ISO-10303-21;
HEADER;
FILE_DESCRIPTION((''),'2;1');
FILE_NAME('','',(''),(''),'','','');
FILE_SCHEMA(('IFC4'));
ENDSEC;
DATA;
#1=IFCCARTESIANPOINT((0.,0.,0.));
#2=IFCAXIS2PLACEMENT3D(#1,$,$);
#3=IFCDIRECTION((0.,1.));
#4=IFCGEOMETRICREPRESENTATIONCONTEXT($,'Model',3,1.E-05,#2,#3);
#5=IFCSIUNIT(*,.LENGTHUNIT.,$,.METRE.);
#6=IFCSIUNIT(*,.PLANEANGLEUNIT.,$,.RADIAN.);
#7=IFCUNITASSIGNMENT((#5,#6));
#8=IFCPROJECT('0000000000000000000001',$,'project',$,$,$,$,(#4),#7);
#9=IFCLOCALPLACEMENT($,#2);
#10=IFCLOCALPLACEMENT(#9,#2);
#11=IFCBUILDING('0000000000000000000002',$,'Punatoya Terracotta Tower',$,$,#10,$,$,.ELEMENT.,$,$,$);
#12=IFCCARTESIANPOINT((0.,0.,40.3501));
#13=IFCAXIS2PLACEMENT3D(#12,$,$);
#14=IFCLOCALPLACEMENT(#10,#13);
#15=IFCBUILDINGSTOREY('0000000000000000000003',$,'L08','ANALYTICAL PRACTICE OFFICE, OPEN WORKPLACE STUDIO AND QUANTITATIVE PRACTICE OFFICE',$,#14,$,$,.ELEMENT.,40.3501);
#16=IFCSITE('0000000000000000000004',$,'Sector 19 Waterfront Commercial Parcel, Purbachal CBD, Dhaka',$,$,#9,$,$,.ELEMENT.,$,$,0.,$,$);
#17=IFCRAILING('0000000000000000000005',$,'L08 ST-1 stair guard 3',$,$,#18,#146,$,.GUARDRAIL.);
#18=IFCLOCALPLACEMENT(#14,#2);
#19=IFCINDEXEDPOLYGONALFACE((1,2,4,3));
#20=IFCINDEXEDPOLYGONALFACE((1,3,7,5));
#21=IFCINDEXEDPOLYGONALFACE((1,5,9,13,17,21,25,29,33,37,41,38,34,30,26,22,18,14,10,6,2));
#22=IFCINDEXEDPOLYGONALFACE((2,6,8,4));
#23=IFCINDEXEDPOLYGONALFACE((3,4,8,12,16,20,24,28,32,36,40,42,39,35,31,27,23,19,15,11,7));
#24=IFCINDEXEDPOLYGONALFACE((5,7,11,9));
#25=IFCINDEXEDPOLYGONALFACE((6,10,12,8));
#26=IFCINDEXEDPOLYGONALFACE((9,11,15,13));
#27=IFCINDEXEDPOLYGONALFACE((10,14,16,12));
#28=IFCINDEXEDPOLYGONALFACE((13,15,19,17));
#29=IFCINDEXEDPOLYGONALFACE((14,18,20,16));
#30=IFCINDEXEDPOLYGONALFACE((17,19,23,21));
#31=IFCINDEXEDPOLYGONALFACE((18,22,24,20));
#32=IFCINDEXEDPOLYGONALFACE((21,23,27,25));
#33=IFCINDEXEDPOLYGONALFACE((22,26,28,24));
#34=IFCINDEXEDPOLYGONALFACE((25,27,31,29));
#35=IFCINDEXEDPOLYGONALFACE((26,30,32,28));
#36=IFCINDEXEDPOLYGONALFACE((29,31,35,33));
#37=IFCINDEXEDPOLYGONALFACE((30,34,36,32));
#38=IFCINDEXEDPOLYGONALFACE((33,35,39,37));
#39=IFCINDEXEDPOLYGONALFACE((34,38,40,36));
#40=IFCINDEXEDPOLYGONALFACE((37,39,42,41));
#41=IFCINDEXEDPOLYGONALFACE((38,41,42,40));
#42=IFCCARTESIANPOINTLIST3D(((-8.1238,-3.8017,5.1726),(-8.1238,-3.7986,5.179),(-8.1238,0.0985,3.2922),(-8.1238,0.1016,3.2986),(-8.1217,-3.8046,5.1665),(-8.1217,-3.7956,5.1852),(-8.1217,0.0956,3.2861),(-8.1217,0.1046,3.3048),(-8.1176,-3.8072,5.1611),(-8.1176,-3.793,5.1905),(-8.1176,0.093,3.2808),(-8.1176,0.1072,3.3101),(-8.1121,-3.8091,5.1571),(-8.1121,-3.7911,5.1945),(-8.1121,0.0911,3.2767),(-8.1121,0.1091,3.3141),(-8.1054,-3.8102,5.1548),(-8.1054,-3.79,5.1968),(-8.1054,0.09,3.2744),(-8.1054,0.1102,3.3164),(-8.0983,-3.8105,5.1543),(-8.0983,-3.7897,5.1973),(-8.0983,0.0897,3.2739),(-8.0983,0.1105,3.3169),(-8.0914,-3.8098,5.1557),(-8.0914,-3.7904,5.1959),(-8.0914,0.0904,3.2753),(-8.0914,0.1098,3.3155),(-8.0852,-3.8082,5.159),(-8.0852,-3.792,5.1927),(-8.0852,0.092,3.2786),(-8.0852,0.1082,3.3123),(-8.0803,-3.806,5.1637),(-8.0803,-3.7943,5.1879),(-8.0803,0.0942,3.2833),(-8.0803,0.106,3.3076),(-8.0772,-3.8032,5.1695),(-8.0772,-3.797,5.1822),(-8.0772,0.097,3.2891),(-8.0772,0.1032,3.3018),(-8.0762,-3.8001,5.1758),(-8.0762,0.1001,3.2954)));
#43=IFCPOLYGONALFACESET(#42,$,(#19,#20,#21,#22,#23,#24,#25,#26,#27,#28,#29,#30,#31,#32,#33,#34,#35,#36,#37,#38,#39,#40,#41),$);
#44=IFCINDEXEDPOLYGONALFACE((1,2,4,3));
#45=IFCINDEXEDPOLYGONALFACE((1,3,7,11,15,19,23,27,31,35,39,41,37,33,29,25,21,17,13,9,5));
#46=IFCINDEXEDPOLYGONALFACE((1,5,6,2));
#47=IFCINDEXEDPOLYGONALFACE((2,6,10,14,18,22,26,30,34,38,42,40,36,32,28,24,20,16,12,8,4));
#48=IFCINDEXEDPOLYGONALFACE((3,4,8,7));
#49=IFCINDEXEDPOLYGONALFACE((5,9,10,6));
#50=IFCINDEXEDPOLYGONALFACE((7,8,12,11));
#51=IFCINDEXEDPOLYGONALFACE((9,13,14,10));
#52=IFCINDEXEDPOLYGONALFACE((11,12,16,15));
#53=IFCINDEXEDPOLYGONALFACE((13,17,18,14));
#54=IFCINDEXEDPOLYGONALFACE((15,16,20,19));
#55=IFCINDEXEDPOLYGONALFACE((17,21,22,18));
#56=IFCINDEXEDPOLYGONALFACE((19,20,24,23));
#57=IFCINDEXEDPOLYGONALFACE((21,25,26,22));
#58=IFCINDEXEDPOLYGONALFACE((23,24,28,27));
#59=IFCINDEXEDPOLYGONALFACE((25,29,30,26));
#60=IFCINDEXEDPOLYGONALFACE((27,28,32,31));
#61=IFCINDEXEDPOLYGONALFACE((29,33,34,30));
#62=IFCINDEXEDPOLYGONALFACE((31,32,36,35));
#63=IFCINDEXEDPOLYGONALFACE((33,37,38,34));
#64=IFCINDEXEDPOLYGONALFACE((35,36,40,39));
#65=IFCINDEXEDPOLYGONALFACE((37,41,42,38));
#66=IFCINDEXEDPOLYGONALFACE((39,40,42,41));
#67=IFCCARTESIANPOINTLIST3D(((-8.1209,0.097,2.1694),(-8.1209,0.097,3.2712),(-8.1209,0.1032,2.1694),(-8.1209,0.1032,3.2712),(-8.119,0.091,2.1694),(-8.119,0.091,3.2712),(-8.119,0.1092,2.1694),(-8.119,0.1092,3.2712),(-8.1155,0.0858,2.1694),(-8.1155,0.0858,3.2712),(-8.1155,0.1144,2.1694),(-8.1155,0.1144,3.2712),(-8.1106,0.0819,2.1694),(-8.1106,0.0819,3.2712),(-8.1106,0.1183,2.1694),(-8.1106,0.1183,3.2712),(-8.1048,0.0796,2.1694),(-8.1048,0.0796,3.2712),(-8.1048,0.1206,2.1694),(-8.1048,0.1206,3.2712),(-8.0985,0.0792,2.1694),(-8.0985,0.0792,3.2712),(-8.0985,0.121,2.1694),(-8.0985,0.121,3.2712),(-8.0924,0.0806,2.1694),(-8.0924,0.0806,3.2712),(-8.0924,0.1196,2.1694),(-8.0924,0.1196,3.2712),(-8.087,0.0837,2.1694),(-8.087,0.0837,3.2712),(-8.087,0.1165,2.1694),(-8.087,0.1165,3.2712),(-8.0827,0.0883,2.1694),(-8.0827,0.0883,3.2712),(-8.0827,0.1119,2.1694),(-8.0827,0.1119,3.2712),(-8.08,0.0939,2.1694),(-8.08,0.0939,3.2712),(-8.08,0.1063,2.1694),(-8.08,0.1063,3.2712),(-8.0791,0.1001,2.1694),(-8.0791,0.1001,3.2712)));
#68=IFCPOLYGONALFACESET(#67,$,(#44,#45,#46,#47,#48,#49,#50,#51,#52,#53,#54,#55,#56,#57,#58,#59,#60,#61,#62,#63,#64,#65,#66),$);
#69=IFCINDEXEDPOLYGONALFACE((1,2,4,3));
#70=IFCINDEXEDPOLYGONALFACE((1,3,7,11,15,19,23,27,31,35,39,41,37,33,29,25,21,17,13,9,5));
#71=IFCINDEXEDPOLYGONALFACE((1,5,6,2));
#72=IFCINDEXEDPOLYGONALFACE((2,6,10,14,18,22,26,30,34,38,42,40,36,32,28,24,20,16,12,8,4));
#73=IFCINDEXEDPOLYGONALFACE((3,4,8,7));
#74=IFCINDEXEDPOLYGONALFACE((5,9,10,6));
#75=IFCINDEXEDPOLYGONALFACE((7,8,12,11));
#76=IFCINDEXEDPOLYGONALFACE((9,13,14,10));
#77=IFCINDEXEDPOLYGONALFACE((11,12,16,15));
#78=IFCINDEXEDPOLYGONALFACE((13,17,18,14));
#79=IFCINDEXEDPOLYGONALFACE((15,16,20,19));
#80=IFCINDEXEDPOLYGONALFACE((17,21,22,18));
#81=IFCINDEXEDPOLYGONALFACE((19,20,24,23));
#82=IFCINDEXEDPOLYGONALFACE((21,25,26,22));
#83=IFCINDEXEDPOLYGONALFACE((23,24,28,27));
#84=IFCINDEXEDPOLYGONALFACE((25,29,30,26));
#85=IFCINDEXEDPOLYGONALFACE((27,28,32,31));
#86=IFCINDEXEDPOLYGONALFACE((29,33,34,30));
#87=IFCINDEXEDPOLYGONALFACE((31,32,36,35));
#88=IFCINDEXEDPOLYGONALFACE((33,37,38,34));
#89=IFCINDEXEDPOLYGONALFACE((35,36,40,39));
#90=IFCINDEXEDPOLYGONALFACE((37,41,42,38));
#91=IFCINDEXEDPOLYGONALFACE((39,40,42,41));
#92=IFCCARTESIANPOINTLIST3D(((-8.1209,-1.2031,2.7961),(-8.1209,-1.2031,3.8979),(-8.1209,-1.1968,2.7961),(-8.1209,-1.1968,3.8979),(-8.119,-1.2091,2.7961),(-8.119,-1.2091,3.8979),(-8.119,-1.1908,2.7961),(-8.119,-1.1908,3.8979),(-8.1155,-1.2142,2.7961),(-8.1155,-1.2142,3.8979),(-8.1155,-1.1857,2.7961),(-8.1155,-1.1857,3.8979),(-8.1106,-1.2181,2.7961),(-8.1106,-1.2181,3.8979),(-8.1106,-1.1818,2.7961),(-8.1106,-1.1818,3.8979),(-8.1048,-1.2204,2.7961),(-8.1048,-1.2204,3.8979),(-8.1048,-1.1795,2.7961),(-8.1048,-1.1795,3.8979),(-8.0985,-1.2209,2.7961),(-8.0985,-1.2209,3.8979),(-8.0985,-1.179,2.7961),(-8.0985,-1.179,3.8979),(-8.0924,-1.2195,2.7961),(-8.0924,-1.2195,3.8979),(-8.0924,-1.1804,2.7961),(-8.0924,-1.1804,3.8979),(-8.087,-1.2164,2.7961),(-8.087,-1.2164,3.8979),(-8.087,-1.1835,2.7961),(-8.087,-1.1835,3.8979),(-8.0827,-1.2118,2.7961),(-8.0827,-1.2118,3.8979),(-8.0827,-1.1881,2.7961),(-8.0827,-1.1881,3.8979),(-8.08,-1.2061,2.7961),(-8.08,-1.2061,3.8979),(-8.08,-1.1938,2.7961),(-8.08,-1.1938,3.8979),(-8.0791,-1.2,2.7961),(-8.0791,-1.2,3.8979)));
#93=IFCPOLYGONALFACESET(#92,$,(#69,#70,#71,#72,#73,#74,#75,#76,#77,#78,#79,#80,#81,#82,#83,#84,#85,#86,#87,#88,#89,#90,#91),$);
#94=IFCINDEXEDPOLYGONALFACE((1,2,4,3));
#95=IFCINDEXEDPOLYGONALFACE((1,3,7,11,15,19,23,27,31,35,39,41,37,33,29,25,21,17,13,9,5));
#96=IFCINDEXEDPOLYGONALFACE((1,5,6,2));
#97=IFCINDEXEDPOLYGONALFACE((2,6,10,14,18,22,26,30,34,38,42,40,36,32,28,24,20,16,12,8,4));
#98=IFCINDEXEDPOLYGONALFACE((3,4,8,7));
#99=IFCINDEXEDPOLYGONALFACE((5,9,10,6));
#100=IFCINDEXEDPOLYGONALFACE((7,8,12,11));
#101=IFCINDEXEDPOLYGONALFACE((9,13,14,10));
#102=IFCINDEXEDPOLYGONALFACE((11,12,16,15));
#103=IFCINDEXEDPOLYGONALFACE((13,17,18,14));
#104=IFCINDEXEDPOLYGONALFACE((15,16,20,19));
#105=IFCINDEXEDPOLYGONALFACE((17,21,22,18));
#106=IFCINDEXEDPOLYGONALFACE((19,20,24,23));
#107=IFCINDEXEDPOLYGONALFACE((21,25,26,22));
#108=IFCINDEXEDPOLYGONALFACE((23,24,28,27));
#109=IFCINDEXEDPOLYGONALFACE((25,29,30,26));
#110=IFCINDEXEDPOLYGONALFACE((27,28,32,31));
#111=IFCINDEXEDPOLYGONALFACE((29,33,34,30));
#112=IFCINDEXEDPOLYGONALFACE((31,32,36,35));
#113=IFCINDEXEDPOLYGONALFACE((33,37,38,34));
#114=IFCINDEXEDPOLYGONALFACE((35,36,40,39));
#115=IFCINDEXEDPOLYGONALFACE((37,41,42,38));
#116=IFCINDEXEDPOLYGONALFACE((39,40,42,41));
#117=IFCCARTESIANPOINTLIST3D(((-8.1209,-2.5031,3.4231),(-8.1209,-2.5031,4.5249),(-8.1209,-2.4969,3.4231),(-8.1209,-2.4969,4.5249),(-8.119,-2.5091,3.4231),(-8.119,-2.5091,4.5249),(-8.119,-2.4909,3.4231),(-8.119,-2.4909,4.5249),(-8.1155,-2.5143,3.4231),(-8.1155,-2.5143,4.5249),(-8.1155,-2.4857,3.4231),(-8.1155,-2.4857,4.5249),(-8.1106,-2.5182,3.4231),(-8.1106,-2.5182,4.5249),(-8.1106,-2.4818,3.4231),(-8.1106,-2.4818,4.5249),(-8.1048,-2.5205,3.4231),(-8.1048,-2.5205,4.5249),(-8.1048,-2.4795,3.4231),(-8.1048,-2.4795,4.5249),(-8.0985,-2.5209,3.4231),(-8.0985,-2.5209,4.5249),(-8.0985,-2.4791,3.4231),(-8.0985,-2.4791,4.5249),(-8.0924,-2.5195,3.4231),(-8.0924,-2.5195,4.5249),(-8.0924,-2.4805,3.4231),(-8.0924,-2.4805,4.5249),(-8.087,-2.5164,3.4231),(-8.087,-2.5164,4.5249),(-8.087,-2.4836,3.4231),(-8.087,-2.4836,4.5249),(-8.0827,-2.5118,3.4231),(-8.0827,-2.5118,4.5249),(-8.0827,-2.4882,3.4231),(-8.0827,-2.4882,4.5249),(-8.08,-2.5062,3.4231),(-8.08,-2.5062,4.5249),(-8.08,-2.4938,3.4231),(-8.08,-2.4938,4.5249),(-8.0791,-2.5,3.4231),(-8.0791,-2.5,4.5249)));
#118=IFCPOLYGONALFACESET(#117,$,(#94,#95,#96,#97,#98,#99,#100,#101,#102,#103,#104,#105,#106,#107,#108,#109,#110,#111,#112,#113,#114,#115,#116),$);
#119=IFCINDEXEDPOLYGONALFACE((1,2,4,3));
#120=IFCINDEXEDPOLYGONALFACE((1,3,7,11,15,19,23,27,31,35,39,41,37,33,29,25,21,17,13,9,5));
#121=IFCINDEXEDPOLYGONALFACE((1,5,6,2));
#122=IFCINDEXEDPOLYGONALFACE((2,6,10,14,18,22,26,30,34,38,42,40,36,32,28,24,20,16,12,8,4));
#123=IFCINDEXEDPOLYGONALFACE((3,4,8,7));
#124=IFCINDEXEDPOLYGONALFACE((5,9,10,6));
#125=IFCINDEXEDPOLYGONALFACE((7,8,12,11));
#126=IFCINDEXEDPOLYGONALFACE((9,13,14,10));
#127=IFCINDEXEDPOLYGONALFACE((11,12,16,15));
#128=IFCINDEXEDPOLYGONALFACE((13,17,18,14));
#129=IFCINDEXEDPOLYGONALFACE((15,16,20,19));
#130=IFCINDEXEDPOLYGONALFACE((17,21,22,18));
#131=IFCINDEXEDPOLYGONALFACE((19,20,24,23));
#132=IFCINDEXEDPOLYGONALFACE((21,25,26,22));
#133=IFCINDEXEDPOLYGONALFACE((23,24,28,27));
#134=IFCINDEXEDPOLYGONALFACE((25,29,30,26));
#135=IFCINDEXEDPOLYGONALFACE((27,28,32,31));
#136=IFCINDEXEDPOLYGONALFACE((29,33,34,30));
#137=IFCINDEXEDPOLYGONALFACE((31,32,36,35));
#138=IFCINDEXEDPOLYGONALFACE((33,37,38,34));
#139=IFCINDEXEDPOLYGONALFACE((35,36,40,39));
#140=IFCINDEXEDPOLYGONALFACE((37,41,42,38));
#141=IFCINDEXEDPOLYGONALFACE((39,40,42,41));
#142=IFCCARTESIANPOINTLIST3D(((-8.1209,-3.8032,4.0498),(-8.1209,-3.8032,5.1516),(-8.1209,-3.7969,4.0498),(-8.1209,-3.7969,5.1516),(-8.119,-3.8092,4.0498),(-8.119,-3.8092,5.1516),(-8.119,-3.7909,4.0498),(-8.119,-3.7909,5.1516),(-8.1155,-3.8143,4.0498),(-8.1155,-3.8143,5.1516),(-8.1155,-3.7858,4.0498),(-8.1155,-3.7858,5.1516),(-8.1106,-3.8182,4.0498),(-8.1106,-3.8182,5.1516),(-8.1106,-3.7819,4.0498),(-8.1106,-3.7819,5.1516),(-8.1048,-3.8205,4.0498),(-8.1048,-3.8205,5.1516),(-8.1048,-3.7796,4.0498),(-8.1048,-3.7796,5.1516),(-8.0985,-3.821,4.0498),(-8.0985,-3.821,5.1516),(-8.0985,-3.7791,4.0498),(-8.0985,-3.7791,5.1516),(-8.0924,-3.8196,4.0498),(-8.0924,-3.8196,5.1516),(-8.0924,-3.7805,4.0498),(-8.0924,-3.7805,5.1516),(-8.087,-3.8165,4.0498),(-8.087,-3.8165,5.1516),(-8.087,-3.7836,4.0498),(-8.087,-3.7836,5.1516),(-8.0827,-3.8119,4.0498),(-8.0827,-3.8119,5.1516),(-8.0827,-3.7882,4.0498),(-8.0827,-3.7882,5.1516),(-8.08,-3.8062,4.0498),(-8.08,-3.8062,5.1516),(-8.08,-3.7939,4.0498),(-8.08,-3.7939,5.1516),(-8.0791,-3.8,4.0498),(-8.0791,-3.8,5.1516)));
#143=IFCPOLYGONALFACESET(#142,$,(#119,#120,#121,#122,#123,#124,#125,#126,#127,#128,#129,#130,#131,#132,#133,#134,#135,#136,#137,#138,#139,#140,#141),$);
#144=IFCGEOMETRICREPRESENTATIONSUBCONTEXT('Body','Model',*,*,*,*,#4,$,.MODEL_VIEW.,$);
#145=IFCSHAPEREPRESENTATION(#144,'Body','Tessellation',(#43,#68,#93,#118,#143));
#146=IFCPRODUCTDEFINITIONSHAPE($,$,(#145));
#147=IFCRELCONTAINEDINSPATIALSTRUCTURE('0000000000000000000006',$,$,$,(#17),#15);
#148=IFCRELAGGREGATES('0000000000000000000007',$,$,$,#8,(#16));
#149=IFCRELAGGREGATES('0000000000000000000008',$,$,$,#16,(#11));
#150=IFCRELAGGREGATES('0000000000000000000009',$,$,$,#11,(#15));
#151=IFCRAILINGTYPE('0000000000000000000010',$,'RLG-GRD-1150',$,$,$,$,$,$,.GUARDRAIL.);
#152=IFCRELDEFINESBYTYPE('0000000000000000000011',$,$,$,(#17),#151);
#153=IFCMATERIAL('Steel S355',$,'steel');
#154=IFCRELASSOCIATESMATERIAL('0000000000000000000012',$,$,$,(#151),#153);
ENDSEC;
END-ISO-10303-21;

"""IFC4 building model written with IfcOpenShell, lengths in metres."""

from ifc_helpers import new_model, si_unit, direction, frame, origin, origin_2d, place, context, subcontext, project, spatial, circle, extrude, material, type_object, element, save


model = new_model("IFC4")

# Units and contexts
model_context = context("Model", 3, precision=1e-05, world=origin(), true_north=direction((0.0, 1.0)))
body_context = subcontext(model_context, "Body", "Model", "MODEL_VIEW")
ifc_project = project(units=[si_unit("LENGTHUNIT", "METRE"), si_unit("PLANEANGLEUNIT", "RADIAN")], contexts=[model_context])

# Site, building, storey
site_placement = place(None, origin())
site = spatial("IfcSite", under=ifc_project, at=site_placement, Name="Sector 19 Waterfront Commercial Parcel, Purbachal CBD, Dhaka", CompositionType="ELEMENT", RefElevation=0.0)
building_placement = place(site_placement, origin())
building = spatial("IfcBuilding", under=site, at=building_placement, Name="Punatoya Terracotta Tower", CompositionType="ELEMENT")
storey_placement = place(building_placement, frame((0.0, 0.0, 40.3501)))
storey = spatial("IfcBuildingStorey", under=building, at=storey_placement, Name="L08", Description="ANALYTICAL PRACTICE OFFICE, OPEN WORKPLACE STUDIO AND QUANTITATIVE PRACTICE OFFICE", CompositionType="ELEMENT", Elevation=40.3501)

# Shared definitions
ifc_material_1 = material(Name="Steel S355", Category="steel")

# Railing
railing_type_1 = type_object("IfcRailingType", Name="RLG-GRD-1150", PredefinedType="GUARDRAIL", material=ifc_material_1)
railing_1_placement = place(storey_placement, frame((-8.1001, 0.1001, 2.1694)))
element("IfcRailing", 1, at=railing_1_placement, inside=storey, type_object=railing_type_1, Name="L08 ST-1 stair guard 3", PredefinedType="GUARDRAIL", context=body_context, shape_type="SweptSolid", body=[
    extrude(circle(Radius=0.0239, at=origin_2d()), frame((0.0, 0.0, 1.126), z_axis=(0.0, -0.900774, 0.434289), x_axis=(1.0, 0.0, 0.0)), (0.0, 0.0, 1.0), 4.3298),
    extrude(circle(Radius=0.021, at=origin_2d()), origin(), (0.0, 0.0, 1.0), 1.1018),
    extrude(circle(Radius=0.021, at=origin_2d()), frame((0.0, -1.3, 0.6267)), (0.0, 0.0, 1.0), 1.1018),
    extrude(circle(Radius=0.021, at=origin_2d()), frame((0.0, -2.6001, 1.2537)), (0.0, 0.0, 1.0), 1.1018),
    extrude(circle(Radius=0.021, at=origin_2d()), frame((0.0, -3.9001, 1.8804)), (0.0, 0.0, 1.0), 1.1018),
])

save(model, "model.ifc")
